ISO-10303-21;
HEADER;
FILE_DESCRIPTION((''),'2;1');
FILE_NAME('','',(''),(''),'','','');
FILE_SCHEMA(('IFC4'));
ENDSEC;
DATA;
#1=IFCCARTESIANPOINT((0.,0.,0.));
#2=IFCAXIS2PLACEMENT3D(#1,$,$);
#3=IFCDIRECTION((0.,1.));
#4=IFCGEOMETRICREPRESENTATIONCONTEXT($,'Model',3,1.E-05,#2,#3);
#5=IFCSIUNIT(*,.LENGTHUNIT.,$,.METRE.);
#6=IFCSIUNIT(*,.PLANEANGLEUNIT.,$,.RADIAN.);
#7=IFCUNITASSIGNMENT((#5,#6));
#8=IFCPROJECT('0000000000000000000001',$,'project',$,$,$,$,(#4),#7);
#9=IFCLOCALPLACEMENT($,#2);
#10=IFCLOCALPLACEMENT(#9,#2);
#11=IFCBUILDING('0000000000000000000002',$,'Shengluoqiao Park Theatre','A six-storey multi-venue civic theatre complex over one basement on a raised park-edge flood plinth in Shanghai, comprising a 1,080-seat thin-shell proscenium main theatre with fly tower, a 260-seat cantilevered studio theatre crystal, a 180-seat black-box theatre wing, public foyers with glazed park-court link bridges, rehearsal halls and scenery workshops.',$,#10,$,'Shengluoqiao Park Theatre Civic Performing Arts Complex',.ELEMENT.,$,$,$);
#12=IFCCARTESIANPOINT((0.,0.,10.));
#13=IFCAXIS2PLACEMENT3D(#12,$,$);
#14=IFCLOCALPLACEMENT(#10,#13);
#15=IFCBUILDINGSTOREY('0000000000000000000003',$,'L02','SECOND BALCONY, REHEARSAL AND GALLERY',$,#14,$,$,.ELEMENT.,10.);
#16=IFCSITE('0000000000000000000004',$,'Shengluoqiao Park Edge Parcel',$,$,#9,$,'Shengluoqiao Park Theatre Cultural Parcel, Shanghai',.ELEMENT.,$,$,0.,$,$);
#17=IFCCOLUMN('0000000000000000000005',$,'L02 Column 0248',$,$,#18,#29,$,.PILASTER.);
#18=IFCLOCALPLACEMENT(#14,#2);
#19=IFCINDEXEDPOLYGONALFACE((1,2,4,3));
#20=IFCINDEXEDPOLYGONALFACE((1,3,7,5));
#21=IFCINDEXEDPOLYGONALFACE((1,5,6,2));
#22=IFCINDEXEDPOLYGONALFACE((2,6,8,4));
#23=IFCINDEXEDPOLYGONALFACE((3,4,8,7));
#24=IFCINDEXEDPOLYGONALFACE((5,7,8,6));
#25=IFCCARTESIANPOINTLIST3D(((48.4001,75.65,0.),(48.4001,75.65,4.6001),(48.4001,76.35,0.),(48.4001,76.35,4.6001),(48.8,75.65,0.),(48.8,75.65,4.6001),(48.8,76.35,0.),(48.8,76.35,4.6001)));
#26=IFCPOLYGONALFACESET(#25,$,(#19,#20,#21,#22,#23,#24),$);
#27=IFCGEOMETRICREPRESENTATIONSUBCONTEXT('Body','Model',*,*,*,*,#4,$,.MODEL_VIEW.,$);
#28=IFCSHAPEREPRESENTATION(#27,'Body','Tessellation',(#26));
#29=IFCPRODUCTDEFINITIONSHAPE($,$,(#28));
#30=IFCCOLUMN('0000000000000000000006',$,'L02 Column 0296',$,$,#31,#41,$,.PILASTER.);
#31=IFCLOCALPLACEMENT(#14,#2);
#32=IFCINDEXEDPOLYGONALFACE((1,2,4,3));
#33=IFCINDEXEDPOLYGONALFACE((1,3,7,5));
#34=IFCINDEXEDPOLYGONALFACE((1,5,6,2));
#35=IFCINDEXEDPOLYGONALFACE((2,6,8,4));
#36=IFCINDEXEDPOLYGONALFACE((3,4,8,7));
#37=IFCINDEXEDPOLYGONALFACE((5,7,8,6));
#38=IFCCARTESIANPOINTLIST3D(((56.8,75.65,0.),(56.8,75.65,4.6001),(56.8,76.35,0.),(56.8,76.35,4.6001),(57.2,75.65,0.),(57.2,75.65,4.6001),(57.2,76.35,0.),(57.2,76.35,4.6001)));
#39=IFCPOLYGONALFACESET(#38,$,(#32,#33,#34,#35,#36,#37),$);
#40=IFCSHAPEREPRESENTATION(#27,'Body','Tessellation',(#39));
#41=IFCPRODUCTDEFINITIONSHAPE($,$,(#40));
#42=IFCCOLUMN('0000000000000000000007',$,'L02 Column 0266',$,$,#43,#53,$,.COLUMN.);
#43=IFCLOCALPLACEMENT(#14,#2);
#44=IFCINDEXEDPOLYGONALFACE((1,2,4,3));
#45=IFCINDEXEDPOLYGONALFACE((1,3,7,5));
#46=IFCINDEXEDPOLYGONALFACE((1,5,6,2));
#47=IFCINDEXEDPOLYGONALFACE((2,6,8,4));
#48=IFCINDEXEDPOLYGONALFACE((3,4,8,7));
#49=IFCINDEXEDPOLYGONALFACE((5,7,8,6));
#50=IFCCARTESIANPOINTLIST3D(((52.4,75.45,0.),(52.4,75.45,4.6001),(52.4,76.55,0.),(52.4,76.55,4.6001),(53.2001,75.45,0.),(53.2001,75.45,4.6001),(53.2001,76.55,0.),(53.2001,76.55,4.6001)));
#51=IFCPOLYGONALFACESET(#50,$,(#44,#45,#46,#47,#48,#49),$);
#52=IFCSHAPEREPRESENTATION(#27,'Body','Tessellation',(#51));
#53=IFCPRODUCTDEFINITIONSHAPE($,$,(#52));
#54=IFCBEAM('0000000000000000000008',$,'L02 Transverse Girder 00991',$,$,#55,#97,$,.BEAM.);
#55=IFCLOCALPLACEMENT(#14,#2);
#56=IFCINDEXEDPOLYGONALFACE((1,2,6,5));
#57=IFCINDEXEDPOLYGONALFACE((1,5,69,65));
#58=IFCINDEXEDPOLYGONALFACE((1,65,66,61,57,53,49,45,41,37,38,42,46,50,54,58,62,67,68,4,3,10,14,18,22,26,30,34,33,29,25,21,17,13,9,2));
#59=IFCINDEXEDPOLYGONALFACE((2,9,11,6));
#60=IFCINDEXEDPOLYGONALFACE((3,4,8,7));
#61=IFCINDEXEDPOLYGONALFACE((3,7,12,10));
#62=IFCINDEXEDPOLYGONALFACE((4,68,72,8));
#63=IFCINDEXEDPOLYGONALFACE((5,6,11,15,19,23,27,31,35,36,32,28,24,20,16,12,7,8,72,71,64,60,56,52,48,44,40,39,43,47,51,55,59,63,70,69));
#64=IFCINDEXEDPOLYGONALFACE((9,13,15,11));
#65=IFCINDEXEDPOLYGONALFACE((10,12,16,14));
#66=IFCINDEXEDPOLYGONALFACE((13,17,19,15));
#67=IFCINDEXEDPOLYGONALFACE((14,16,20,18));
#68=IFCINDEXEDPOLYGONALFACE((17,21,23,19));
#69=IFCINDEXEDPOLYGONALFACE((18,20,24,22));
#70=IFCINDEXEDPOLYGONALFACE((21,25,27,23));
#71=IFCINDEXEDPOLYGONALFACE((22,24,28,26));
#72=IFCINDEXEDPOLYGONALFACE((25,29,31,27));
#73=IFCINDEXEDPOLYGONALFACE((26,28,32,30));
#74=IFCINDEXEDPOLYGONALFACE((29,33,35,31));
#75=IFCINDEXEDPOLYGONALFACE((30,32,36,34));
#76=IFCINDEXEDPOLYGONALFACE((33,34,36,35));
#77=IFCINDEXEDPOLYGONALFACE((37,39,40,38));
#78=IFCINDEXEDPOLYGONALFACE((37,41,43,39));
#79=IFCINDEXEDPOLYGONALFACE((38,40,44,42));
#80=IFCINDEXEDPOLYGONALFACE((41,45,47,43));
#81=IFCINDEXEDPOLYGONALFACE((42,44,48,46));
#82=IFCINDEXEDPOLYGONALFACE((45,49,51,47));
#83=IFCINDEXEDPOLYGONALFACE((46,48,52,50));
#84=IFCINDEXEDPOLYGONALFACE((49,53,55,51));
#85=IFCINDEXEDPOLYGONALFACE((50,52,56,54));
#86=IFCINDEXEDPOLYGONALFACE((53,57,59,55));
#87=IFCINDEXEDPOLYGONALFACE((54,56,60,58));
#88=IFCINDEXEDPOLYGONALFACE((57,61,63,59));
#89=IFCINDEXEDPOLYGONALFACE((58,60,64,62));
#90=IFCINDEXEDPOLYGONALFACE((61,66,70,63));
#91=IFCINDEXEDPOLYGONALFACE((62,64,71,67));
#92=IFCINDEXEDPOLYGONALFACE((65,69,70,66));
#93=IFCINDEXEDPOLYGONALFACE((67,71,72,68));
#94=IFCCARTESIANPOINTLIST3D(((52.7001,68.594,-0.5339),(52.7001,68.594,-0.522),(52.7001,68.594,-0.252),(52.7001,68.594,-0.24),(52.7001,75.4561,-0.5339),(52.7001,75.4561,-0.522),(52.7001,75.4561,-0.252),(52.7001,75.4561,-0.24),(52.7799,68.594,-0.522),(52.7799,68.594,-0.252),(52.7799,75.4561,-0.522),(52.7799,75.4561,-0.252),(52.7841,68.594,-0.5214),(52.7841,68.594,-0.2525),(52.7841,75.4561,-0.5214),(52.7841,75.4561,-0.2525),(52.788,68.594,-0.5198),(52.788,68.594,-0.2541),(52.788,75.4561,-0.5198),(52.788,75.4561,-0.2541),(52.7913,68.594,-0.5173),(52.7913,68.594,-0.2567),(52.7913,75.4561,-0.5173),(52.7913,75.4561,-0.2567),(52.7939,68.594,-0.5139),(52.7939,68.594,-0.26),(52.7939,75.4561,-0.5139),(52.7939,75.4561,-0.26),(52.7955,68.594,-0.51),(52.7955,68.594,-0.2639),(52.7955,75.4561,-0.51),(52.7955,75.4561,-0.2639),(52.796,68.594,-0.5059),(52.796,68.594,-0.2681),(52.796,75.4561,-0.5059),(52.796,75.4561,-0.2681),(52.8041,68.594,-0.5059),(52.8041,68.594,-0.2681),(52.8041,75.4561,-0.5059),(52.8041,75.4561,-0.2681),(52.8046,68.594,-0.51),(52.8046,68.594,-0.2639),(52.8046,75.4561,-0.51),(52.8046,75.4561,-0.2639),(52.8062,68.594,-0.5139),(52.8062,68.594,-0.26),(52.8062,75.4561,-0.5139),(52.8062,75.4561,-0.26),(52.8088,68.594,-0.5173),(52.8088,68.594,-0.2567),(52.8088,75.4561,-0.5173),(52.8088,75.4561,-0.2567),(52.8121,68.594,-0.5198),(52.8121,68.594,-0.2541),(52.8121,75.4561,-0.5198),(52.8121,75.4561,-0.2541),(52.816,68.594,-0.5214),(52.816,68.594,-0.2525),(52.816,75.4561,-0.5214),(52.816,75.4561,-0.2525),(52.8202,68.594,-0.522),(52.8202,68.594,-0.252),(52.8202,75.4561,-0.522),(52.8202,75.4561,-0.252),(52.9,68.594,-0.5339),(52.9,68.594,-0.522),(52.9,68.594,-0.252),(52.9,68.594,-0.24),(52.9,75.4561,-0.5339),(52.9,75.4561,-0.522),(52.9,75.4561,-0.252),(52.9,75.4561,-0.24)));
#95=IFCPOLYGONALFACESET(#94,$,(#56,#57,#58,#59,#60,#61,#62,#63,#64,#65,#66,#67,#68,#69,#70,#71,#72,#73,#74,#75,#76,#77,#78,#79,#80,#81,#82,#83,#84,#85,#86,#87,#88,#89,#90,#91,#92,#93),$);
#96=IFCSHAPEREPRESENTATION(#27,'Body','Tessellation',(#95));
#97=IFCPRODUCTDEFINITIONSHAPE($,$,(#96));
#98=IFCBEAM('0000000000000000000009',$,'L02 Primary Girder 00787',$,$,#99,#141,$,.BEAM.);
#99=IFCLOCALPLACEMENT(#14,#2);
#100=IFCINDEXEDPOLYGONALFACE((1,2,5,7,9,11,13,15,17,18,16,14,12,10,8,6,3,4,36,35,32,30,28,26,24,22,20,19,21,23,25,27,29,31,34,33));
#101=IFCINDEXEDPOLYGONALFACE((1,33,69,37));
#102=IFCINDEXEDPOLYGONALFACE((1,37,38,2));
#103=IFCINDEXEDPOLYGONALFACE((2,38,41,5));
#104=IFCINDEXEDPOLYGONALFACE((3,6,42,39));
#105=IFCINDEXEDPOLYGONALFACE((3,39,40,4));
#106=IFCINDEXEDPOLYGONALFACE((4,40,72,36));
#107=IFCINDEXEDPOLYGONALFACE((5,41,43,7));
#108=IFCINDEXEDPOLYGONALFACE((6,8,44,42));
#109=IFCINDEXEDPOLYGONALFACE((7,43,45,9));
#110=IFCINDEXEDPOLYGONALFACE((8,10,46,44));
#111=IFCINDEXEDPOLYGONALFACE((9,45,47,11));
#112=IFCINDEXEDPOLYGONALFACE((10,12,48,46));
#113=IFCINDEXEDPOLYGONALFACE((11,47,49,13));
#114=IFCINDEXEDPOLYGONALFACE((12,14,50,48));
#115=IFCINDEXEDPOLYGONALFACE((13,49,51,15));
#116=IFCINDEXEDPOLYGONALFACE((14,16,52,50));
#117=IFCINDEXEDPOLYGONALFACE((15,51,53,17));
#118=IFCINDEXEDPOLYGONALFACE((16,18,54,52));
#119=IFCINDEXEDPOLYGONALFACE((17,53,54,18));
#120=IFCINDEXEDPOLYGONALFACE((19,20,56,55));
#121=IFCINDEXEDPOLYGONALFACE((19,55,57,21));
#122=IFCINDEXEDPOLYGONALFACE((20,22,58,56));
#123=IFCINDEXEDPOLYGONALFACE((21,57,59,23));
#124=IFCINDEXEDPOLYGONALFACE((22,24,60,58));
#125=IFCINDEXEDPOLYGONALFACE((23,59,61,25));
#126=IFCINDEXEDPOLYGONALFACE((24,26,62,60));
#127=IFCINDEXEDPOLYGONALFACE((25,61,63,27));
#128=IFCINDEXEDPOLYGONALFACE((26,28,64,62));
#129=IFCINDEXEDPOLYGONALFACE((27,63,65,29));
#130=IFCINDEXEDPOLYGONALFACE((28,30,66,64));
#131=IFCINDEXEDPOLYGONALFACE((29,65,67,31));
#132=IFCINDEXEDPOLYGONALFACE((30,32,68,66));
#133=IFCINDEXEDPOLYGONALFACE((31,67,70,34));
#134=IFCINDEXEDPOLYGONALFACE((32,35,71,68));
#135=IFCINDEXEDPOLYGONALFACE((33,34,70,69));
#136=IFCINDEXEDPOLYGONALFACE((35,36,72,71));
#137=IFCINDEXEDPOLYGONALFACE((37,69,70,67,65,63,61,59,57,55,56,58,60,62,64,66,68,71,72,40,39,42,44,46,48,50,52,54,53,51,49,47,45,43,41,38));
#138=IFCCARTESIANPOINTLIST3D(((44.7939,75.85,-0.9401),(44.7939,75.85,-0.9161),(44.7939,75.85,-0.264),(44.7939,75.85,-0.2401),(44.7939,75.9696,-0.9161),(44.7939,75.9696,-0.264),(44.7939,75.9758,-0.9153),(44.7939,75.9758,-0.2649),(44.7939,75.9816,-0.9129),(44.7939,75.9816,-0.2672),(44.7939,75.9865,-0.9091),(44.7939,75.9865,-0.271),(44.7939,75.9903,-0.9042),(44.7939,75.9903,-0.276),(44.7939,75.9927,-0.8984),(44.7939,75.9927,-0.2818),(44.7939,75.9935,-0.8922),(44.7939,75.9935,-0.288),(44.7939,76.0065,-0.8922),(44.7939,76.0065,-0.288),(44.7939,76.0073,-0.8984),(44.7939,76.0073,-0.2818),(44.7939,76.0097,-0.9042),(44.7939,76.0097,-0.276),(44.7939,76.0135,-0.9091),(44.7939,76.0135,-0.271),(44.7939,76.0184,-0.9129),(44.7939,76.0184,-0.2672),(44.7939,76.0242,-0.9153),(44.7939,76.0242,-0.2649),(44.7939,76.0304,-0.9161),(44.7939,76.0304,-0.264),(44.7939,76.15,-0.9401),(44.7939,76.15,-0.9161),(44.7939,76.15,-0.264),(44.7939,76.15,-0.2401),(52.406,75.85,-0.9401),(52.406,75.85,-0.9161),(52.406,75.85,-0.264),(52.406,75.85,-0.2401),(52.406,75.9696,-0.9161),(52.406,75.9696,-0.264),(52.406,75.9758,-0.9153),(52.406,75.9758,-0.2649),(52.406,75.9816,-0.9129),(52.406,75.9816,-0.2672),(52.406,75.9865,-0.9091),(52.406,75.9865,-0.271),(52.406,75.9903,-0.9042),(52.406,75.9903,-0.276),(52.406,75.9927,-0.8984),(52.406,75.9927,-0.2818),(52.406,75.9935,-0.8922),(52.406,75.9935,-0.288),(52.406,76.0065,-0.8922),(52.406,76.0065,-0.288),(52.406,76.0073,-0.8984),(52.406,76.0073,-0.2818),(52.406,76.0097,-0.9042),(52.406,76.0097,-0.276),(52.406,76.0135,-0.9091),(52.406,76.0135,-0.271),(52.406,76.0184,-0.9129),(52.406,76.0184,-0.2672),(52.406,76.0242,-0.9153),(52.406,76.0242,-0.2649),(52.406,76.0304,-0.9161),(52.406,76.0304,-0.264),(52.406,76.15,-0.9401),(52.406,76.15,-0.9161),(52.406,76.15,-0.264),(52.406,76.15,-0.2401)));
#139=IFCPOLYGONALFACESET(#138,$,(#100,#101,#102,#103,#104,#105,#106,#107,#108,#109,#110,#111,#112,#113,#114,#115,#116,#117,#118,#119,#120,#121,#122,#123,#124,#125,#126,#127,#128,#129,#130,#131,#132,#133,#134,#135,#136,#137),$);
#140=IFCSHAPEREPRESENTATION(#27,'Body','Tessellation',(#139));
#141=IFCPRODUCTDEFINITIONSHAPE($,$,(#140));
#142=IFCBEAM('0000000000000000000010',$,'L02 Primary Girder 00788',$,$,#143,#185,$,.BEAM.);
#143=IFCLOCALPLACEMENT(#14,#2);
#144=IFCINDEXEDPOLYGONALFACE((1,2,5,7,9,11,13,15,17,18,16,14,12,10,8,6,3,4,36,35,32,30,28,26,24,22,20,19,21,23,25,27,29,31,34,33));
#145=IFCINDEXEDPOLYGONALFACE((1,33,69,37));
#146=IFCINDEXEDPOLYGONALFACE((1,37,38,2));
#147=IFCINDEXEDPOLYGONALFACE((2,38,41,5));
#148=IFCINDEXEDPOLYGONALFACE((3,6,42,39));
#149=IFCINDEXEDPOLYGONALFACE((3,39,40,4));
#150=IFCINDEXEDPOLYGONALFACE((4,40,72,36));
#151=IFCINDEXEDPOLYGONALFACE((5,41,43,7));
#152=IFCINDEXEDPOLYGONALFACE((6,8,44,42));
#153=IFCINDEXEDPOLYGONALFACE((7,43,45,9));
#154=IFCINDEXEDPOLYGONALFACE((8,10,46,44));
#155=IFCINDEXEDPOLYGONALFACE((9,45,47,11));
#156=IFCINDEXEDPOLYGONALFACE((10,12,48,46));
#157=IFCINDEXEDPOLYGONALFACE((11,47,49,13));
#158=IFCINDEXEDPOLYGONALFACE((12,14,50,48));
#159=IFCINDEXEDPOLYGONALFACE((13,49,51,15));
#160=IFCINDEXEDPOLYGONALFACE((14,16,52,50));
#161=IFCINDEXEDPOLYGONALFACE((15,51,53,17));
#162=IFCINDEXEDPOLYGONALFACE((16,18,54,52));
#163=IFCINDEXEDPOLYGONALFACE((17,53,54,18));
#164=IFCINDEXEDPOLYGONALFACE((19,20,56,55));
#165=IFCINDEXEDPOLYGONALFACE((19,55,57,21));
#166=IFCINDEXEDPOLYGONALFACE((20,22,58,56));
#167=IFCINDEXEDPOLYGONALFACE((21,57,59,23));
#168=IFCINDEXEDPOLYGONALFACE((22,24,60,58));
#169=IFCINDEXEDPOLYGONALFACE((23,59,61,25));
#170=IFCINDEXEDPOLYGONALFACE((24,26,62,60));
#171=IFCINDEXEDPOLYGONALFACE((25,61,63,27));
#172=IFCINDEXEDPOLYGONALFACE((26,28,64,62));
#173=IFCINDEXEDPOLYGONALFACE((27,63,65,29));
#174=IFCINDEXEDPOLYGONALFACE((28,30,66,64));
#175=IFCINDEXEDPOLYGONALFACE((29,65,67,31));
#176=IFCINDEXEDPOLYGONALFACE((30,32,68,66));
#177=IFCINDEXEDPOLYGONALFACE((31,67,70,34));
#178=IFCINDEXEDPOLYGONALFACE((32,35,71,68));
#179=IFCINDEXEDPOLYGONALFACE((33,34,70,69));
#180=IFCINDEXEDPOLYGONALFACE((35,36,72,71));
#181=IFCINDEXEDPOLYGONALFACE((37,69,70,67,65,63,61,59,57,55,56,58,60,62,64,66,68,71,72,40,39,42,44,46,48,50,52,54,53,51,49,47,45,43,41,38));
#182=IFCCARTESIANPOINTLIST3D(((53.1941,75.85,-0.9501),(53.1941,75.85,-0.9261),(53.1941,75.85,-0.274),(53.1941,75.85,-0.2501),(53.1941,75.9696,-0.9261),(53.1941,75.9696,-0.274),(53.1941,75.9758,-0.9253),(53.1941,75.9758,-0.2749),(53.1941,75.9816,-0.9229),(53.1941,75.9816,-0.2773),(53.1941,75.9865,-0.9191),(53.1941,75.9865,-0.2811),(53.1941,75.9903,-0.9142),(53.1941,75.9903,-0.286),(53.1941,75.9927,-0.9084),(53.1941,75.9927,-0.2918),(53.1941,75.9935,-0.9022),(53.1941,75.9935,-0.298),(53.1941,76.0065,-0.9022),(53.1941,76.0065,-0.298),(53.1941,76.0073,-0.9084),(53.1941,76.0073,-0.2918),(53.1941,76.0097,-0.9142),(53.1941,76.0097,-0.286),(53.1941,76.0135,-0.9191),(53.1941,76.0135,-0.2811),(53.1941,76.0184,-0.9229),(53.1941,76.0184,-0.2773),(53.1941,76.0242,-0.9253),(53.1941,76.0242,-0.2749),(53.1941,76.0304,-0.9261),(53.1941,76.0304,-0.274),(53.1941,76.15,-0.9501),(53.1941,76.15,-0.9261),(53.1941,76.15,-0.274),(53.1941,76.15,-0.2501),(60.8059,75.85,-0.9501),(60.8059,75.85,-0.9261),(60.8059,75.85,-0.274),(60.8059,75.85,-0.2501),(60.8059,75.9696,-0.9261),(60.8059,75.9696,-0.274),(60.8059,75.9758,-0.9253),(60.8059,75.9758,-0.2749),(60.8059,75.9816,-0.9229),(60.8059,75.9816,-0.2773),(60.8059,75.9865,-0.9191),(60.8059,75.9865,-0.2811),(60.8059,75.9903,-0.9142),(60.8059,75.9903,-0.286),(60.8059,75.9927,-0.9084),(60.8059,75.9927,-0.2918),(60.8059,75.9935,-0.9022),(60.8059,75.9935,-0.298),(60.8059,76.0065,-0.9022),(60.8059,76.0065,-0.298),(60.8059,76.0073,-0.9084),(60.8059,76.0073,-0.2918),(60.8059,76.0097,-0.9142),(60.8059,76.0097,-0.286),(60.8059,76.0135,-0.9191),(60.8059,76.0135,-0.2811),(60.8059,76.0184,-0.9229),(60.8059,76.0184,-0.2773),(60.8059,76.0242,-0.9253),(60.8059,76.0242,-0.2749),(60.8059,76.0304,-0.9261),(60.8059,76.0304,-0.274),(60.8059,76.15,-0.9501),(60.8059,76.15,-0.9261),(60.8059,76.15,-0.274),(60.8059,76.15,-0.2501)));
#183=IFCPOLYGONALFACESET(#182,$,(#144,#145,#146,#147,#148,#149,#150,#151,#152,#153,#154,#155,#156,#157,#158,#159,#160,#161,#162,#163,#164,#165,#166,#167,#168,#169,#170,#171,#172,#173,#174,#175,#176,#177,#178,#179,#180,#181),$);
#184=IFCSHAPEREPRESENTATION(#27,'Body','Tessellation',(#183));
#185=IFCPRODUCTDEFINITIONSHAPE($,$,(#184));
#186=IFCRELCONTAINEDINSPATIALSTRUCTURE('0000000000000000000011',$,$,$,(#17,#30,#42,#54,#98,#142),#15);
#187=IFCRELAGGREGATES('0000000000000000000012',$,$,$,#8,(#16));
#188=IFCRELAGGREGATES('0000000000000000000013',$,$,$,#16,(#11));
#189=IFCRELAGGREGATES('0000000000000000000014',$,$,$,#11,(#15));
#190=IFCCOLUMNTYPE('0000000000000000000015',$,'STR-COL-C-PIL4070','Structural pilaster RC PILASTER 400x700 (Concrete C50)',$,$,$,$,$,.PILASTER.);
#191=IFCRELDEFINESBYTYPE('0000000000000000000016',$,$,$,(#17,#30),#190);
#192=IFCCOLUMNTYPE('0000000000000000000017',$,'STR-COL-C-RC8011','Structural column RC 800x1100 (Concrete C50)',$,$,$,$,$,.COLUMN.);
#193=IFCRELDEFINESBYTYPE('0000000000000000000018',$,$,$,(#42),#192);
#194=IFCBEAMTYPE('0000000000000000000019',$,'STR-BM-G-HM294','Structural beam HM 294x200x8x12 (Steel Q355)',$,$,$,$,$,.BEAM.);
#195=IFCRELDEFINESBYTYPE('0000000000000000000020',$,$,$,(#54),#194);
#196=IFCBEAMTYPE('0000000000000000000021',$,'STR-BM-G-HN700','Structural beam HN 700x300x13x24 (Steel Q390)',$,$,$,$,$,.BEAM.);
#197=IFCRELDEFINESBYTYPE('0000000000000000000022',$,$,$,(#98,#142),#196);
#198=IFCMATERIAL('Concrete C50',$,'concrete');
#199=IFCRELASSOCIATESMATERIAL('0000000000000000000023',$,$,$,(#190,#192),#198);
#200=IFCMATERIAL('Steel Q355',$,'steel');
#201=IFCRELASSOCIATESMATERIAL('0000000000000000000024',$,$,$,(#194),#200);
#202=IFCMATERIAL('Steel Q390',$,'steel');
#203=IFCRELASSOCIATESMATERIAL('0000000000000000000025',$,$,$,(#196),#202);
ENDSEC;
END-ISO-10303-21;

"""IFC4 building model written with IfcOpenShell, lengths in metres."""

from ifc_helpers import new_model, si_unit, direction, frame, origin, origin_2d, place, context, subcontext, project, spatial, rectangle, i_section, extrude, material, material_profile, profile_set, type_object, element, save


model = new_model("IFC4")

# Units and contexts
model_context = context("Model", 3, precision=1e-05, world=origin(), true_north=direction((0.0, 1.0)))
body_context = subcontext(model_context, "Body", "Model", "MODEL_VIEW")
ifc_project = project(units=[si_unit("LENGTHUNIT", "METRE"), si_unit("PLANEANGLEUNIT", "RADIAN")], contexts=[model_context])

# Site, building, storey
site_placement = place(None, origin())
site = spatial("IfcSite", under=ifc_project, at=site_placement, Name="Shengluoqiao Park Edge Parcel", LongName="Shengluoqiao Park Theatre Cultural Parcel, Shanghai", CompositionType="ELEMENT", RefElevation=0.0)
building_placement = place(site_placement, origin())
building = spatial("IfcBuilding", under=site, at=building_placement, Name="Shengluoqiao Park Theatre", Description="A six-storey multi-venue civic theatre complex over one basement on a raised park-edge flood plinth in Shanghai, comprising a 1,080-seat thin-shell proscenium main theatre with fly tower, a 260-seat cantilevered studio theatre crystal, a 180-seat black-box theatre wing, public foyers with glazed park-court link bridges, rehearsal halls and scenery workshops.", LongName="Shengluoqiao Park Theatre Civic Performing Arts Complex", CompositionType="ELEMENT")
storey_placement = place(building_placement, frame((0.0, 0.0, 10.0)))
storey = spatial("IfcBuildingStorey", under=building, at=storey_placement, Name="L02", Description="SECOND BALCONY, REHEARSAL AND GALLERY", CompositionType="ELEMENT", Elevation=10.0)

# Columns
ifc_material_1 = material(Name="Concrete C50", Category="concrete")
ifc_material_profile_1 = material_profile(ifc_material_1, rectangle(XDim=0.3999, YDim=0.7, at=origin_2d()), Name="RC PILASTER 400x700")
ifc_profile_set_1 = profile_set([ifc_material_profile_1], Name="Concrete C50")
column_type_1 = type_object("IfcColumnType", Name="STR-COL-C-PIL4070", Description="Structural pilaster RC PILASTER 400x700 (Concrete C50)", PredefinedType="PILASTER", material=ifc_profile_set_1)
for number, where, z_axis, x_axis, name in (
    (1, (48.6001, 76.0, 0.0), (0.0, 0.0, 1.0), (1.0, 0.0, 0.0), "L02 Column 0248"),
    (2, (57.0, 76.0, 0.0), (0.0, 0.0, 1.0), (1.0, 0.0, 0.0), "L02 Column 0296"),
):
    element("IfcColumn", number, at=place(storey_placement, frame(where, z_axis=z_axis, x_axis=x_axis)), inside=storey, type_object=column_type_1, Name=name, PredefinedType="PILASTER", context=body_context, shape_type="SweptSolid", body=[
        extrude(rectangle(XDim=0.3999, YDim=0.7, at=origin_2d()), origin(), (0.0, 0.0, 1.0), 4.6001),
    ])
ifc_material_profile_2 = material_profile(ifc_material_1, rectangle(XDim=0.8, YDim=1.1001, at=origin_2d()), Name="RC 800x1100")
ifc_profile_set_2 = profile_set([ifc_material_profile_2], Name="Concrete C50")
column_type_2 = type_object("IfcColumnType", Name="STR-COL-C-RC8011", Description="Structural column RC 800x1100 (Concrete C50)", PredefinedType="COLUMN", material=ifc_profile_set_2)
column_placement = place(storey_placement, frame((52.8, 76.0, 0.0), z_axis=(0.0, 0.0, 1.0), x_axis=(1.0, 0.0, 0.0)))
element("IfcColumn", 3, at=column_placement, inside=storey, type_object=column_type_2, Name="L02 Column 0266", PredefinedType="COLUMN", context=body_context, shape_type="SweptSolid", body=[
    extrude(rectangle(XDim=0.8, YDim=1.1001, at=origin_2d()), origin(), (0.0, 0.0, 1.0), 4.6001),
])

# Beams
ifc_material_2 = material(Name="Steel Q355", Category="steel")
ifc_material_profile_3 = material_profile(ifc_material_2, i_section(OverallWidth=0.2, OverallDepth=0.2939, WebThickness=0.0081, FlangeThickness=0.012, FilletRadius=0.0161, at=origin_2d()), Name="HM 294x200x8x12")
ifc_profile_set_3 = profile_set([ifc_material_profile_3], Name="Steel Q355")
beam_type_1 = type_object("IfcBeamType", Name="STR-BM-G-HM294", Description="Structural beam HM 294x200x8x12 (Steel Q355)", PredefinedType="BEAM", material=ifc_profile_set_3)
beam_1_placement = place(storey_placement, frame((52.8, 68.594, -0.387), z_axis=(0.0, 1.0, 0.0), x_axis=(-1.0, 0.0, 0.0)))
element("IfcBeam", 4, at=beam_1_placement, inside=storey, type_object=beam_type_1, Name="L02 Transverse Girder 00991", PredefinedType="BEAM", context=body_context, shape_type="SweptSolid", body=[
    extrude(i_section(OverallWidth=0.2, OverallDepth=0.2939, WebThickness=0.0081, FlangeThickness=0.012, FilletRadius=0.0161, at=origin_2d()), origin(), (0.0, 0.0, 1.0), 6.8621),
])
ifc_material_3 = material(Name="Steel Q390", Category="steel")
ifc_material_profile_4 = material_profile(ifc_material_3, i_section(OverallWidth=0.3, OverallDepth=0.7, WebThickness=0.0129, FlangeThickness=0.0239, FilletRadius=0.0239, at=origin_2d()), Name="HN 700x300x13x24")
ifc_profile_set_4 = profile_set([ifc_material_profile_4], Name="Steel Q390")
beam_type_2 = type_object("IfcBeamType", Name="STR-BM-G-HN700", Description="Structural beam HN 700x300x13x24 (Steel Q390)", PredefinedType="BEAM", material=ifc_profile_set_4)
beam_2_placement = place(storey_placement, frame((44.7939, 76.0, -0.5901), z_axis=(1.0, 0.0, 0.0), x_axis=(0.0, 1.0, 0.0)))
element("IfcBeam", 5, at=beam_2_placement, inside=storey, type_object=beam_type_2, Name="L02 Primary Girder 00787", PredefinedType="BEAM", context=body_context, shape_type="SweptSolid", body=[
    extrude(i_section(OverallWidth=0.3, OverallDepth=0.7, WebThickness=0.0129, FlangeThickness=0.0239, FilletRadius=0.0239, at=origin_2d()), origin(), (0.0, 0.0, 1.0), 7.6121),
])
beam_3_placement = place(storey_placement, frame((53.1941, 76.0, -0.6001), z_axis=(1.0, 0.0, 0.0), x_axis=(0.0, 1.0, 0.0)))
element("IfcBeam", 6, at=beam_3_placement, inside=storey, type_object=beam_type_2, Name="L02 Primary Girder 00788", PredefinedType="BEAM", context=body_context, shape_type="SweptSolid", body=[
    extrude(i_section(OverallWidth=0.3, OverallDepth=0.7, WebThickness=0.0129, FlangeThickness=0.0239, FilletRadius=0.0239, at=origin_2d()), origin(), (0.0, 0.0, 1.0), 7.6118),
])

save(model, "model.ifc")
